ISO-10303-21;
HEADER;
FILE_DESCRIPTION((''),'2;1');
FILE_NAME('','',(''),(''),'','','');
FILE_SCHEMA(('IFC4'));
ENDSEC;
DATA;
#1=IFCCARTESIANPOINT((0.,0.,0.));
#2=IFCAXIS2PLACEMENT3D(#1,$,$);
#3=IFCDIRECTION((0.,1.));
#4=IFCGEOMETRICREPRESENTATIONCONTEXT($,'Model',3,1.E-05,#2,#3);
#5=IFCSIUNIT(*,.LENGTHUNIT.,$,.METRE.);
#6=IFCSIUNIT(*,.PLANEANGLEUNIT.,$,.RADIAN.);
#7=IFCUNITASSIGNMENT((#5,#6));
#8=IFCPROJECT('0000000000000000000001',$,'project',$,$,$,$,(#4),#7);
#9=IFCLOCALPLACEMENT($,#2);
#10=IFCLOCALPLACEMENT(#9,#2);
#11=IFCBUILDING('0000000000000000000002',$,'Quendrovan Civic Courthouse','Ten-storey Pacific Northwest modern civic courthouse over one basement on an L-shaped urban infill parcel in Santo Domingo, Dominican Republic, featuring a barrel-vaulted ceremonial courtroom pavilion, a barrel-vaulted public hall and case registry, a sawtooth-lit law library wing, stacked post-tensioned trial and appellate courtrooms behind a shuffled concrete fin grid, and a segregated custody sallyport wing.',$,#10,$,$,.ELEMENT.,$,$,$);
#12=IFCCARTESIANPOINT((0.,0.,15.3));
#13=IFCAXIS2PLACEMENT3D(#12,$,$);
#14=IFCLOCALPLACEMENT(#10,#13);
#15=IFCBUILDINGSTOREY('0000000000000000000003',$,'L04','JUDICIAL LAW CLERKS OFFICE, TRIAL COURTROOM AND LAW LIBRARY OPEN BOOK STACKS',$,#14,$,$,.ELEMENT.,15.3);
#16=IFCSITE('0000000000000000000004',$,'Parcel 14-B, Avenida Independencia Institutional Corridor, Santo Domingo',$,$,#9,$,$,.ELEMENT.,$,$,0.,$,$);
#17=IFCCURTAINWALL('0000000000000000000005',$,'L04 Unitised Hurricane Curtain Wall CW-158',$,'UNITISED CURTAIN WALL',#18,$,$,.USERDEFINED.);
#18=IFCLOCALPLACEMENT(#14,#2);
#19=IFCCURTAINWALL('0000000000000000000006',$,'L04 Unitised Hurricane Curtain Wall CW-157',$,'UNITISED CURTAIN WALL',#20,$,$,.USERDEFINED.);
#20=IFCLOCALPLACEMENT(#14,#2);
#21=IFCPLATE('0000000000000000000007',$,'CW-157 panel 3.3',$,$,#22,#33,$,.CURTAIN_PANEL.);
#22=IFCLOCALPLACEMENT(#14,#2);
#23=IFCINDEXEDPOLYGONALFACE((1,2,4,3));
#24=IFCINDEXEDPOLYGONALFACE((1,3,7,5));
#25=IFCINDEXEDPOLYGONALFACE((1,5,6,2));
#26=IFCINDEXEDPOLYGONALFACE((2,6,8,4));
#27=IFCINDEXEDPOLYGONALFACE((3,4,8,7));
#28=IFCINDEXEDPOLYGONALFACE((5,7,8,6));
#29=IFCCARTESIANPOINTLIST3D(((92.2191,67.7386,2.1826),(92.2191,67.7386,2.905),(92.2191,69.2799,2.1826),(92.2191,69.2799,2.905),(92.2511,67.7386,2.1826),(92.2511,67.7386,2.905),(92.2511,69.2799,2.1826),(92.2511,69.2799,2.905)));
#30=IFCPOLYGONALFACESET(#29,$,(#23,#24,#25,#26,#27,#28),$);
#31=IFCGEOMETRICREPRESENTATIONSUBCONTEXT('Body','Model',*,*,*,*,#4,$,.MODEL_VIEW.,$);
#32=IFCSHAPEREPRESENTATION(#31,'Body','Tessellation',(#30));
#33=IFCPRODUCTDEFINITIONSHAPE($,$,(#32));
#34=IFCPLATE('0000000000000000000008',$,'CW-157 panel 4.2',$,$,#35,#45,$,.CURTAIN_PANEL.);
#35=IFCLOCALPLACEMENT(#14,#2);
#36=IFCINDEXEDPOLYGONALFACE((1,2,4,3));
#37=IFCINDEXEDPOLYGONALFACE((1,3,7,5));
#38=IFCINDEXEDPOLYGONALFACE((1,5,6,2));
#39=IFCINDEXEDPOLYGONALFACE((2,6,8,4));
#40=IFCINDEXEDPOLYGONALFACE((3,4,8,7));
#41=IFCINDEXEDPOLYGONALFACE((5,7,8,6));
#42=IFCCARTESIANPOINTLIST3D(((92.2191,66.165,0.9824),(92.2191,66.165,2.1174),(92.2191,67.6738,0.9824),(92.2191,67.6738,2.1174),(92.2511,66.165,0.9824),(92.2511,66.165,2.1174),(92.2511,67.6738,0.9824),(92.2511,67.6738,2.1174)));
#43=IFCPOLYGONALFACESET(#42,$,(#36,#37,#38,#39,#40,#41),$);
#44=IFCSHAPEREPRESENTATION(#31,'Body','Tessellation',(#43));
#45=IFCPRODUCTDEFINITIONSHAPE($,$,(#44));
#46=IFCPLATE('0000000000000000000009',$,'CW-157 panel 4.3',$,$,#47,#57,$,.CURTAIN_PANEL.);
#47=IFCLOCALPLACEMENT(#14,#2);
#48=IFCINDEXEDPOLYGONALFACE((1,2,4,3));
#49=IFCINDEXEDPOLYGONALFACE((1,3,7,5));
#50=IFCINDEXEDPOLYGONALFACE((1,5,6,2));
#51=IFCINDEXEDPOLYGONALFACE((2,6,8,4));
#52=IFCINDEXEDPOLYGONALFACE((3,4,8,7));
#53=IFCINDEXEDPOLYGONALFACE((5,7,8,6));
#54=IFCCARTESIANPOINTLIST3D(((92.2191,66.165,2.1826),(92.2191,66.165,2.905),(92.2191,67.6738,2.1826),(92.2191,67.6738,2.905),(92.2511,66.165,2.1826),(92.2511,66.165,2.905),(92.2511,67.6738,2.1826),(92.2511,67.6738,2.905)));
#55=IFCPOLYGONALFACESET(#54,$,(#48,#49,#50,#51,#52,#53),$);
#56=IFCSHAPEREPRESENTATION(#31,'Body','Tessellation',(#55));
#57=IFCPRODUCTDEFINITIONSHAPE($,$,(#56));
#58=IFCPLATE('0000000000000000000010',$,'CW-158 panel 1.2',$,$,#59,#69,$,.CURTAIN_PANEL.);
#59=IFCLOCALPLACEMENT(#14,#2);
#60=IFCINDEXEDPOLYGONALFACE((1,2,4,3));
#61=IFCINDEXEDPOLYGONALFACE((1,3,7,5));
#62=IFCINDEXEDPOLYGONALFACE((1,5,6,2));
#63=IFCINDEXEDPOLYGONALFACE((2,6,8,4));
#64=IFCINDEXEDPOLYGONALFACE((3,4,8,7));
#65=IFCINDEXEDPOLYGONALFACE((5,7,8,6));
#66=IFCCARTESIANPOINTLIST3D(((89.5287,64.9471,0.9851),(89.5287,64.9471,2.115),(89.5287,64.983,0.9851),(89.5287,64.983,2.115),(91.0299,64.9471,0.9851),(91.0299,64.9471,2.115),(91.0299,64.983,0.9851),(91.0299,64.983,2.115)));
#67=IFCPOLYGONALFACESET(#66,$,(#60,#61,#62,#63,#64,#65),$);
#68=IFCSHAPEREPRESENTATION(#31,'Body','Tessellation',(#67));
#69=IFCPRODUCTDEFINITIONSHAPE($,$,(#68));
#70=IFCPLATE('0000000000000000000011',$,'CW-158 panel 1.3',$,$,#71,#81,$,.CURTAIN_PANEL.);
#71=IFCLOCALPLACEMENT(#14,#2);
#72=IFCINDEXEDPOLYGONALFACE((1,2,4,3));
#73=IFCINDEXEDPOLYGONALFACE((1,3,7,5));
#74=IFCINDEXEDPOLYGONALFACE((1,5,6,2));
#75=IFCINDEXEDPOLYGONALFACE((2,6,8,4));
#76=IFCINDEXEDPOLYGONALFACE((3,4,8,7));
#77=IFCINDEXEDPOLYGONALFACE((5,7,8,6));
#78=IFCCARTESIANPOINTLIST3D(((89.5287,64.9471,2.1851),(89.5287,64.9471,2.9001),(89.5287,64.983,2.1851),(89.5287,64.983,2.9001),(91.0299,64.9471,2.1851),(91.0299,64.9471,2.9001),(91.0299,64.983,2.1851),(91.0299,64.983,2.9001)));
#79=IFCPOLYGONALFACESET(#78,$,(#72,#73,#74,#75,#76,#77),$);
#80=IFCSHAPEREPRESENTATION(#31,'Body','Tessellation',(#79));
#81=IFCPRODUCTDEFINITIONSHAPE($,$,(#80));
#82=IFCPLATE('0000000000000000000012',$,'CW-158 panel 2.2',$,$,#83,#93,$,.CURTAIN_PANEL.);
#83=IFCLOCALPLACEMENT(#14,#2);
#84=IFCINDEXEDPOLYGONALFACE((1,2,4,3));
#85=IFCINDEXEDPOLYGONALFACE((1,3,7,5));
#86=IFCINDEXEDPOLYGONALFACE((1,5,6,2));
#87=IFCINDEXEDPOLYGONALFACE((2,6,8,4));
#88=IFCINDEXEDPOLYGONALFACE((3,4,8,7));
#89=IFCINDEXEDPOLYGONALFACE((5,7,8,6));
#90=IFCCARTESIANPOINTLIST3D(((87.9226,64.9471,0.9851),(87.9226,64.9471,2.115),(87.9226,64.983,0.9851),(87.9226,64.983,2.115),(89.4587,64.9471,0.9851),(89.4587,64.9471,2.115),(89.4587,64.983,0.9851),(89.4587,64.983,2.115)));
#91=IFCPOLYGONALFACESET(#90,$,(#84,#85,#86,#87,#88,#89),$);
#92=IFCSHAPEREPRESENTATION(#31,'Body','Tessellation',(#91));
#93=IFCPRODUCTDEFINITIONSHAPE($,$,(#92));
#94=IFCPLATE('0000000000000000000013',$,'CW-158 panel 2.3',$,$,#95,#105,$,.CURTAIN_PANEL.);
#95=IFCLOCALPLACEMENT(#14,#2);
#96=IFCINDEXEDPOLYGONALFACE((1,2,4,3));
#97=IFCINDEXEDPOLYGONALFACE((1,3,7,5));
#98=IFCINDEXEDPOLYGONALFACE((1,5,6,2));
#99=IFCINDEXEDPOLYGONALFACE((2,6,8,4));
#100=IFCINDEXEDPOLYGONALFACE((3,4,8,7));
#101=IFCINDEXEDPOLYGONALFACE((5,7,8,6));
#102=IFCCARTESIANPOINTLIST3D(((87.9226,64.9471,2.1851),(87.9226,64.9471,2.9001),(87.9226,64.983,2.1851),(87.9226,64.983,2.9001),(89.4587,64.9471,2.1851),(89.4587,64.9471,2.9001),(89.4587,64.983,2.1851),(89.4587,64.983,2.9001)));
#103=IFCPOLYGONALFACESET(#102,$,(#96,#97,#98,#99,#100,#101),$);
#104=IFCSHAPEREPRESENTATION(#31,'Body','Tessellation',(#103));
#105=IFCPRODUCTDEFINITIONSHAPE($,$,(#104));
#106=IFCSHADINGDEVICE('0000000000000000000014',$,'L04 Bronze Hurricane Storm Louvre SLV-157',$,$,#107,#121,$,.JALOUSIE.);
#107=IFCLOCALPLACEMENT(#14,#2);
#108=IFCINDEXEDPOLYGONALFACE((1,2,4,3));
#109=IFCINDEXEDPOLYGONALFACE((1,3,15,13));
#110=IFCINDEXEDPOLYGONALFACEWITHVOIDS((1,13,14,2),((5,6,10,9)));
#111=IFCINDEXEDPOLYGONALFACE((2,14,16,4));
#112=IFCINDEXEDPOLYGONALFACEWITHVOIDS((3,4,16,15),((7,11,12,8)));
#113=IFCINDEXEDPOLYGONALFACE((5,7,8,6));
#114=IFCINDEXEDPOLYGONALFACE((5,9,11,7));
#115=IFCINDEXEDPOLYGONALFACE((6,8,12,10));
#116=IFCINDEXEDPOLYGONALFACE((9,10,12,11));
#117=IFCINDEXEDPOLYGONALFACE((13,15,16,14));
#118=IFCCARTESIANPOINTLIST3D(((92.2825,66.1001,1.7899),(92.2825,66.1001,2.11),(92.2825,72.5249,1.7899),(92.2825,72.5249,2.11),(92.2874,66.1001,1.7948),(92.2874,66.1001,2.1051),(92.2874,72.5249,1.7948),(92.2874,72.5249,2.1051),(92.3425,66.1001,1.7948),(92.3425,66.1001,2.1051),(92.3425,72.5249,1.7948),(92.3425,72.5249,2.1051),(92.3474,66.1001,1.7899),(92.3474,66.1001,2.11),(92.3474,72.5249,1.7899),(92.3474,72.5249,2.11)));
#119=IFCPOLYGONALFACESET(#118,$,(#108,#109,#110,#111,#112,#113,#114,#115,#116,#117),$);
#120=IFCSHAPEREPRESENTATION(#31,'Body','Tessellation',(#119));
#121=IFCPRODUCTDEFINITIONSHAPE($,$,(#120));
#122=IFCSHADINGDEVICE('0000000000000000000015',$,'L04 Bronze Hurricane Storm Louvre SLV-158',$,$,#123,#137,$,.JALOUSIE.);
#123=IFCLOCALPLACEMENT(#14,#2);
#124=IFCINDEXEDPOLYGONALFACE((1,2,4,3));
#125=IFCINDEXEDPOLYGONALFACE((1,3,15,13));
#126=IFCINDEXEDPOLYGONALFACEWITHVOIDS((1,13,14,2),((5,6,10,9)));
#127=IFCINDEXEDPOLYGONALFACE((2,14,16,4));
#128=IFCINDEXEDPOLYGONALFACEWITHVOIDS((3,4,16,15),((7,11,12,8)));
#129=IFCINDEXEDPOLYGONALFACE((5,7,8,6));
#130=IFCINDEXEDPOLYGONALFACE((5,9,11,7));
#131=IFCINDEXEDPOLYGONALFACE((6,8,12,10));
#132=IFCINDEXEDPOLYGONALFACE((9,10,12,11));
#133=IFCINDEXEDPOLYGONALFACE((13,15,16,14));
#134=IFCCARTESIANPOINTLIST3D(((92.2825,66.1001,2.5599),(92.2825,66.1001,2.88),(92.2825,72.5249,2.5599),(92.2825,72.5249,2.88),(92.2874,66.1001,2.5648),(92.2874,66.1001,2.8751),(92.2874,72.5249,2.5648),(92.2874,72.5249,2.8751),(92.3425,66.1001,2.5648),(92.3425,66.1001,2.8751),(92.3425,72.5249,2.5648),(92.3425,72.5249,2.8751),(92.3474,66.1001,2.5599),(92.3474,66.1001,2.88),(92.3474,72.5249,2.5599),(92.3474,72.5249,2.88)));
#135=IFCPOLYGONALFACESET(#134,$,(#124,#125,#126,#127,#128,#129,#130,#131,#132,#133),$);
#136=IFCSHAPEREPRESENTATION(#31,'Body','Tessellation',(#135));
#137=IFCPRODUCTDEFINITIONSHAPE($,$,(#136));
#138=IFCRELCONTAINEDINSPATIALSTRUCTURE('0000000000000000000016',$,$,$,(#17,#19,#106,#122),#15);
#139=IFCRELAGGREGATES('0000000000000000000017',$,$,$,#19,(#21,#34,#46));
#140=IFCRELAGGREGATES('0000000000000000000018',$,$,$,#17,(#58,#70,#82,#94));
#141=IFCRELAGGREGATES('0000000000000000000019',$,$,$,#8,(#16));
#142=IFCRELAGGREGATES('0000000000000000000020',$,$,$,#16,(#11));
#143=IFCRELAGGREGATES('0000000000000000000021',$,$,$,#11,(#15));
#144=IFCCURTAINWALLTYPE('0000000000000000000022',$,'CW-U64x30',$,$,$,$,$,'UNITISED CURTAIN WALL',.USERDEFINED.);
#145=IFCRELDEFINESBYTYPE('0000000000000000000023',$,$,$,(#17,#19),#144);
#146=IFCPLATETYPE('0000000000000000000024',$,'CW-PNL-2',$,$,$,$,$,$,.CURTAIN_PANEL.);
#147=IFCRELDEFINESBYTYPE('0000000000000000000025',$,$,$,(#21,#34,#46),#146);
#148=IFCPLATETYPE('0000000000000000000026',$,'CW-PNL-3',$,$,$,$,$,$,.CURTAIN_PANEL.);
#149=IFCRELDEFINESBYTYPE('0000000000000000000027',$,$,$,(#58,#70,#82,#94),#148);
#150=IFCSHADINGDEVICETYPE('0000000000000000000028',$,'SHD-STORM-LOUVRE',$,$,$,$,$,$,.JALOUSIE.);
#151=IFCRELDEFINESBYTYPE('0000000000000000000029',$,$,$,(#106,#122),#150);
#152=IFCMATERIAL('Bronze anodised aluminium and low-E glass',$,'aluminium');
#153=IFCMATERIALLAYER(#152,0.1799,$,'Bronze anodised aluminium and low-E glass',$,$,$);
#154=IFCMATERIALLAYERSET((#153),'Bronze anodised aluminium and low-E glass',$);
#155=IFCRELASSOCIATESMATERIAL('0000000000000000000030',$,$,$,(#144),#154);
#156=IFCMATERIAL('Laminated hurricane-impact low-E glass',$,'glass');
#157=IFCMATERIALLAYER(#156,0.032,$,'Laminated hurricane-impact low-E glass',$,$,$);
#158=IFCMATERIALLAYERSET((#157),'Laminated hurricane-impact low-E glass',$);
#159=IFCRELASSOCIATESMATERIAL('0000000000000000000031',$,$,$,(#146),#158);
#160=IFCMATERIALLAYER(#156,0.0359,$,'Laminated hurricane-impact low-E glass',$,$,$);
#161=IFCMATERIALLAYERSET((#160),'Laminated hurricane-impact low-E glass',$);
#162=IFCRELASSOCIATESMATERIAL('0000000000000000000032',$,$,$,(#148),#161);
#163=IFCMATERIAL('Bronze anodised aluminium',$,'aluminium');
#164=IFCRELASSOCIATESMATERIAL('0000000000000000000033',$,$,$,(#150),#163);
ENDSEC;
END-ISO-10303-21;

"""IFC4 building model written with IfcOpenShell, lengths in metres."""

from ifc_helpers import new_model, si_unit, direction, frame, origin, origin_2d, place, context, subcontext, project, spatial, rectangle, hollow_rectangle, extrude, material, layer, layer_set, material_profile, profile_set, type_object, element, aggregate, save


model = new_model("IFC4")

# Units and contexts
model_context = context("Model", 3, precision=1e-05, world=origin(), true_north=direction((0.0, 1.0)))
body_context = subcontext(model_context, "Body", "Model", "MODEL_VIEW")
ifc_project = project(units=[si_unit("LENGTHUNIT", "METRE"), si_unit("PLANEANGLEUNIT", "RADIAN")], contexts=[model_context])

# Site, building, storey
site_placement = place(None, origin())
site = spatial("IfcSite", under=ifc_project, at=site_placement, Name="Parcel 14-B, Avenida Independencia Institutional Corridor, Santo Domingo", CompositionType="ELEMENT", RefElevation=0.0)
building_placement = place(site_placement, origin())
building = spatial("IfcBuilding", under=site, at=building_placement, Name="Quendrovan Civic Courthouse", Description="Ten-storey Pacific Northwest modern civic courthouse over one basement on an L-shaped urban infill parcel in Santo Domingo, Dominican Republic, featuring a barrel-vaulted ceremonial courtroom pavilion, a barrel-vaulted public hall and case registry, a sawtooth-lit law library wing, stacked post-tensioned trial and appellate courtrooms behind a shuffled concrete fin grid, and a segregated custody sallyport wing.", CompositionType="ELEMENT")
storey_placement = place(building_placement, frame((0.0, 0.0, 15.3)))
storey = spatial("IfcBuildingStorey", under=building, at=storey_placement, Name="L04", Description="JUDICIAL LAW CLERKS OFFICE, TRIAL COURTROOM AND LAW LIBRARY OPEN BOOK STACKS", CompositionType="ELEMENT", Elevation=15.3)

# Curtain wall
ifc_material_1 = material(Name="Bronze anodised aluminium and low-E glass", Category="aluminium")
ifc_layer_1 = layer(ifc_material_1, 0.1799, Name="Bronze anodised aluminium and low-E glass")
ifc_layer_set_1 = layer_set([ifc_layer_1], Name="Bronze anodised aluminium and low-E glass")
curtain_wall_type = type_object("IfcCurtainWallType", Name="CW-U64x30", ElementType="UNITISED CURTAIN WALL", PredefinedType="USERDEFINED", material=ifc_layer_set_1)
curtain_wall_1_placement = place(storey_placement, origin())
curtain_wall_1 = element("IfcCurtainWall", 1, at=curtain_wall_1_placement, inside=storey, type_object=curtain_wall_type, Name="L04 Unitised Hurricane Curtain Wall CW-158", ObjectType="UNITISED CURTAIN WALL", PredefinedType="USERDEFINED")
ifc_material_2 = material(Name="Bronze anodised aluminium", Category="aluminium")

# Curtain wall, plates
curtain_wall_2_placement = place(storey_placement, origin())
curtain_wall_2 = element("IfcCurtainWall", 2, at=curtain_wall_2_placement, inside=storey, type_object=curtain_wall_type, Name="L04 Unitised Hurricane Curtain Wall CW-157", ObjectType="UNITISED CURTAIN WALL", PredefinedType="USERDEFINED")
ifc_material_3 = material(Name="Laminated hurricane-impact low-E glass", Category="glass")
ifc_layer_2 = layer(ifc_material_3, 0.032, Name="Laminated hurricane-impact low-E glass")
ifc_layer_set_2 = layer_set([ifc_layer_2], Name="Laminated hurricane-impact low-E glass")
plate_type_1 = type_object("IfcPlateType", Name="CW-PNL-2", PredefinedType="CURTAIN_PANEL", material=ifc_layer_set_2)
plate_1_placement = place(storey_placement, frame((92.2351, 68.5093, 2.1826), z_axis=(0.0, 0.0, 1.0), x_axis=(0.0, -1.0, 0.0)))
plate_1 = element("IfcPlate", 3, at=plate_1_placement, type_object=plate_type_1, Name="CW-157 panel 3.3", PredefinedType="CURTAIN_PANEL", context=body_context, shape_type="SweptSolid", body=[
    extrude(rectangle(XDim=1.5413, YDim=0.032, at=origin_2d()), origin(), (0.0, 0.0, 1.0), 0.7224),
])
plate_2_placement = place(storey_placement, frame((92.2351, 66.9194, 0.9824), z_axis=(0.0, 0.0, 1.0), x_axis=(0.0, -1.0, 0.0)))
plate_2 = element("IfcPlate", 4, at=plate_2_placement, type_object=plate_type_1, Name="CW-157 panel 4.2", PredefinedType="CURTAIN_PANEL", context=body_context, shape_type="SweptSolid", body=[
    extrude(rectangle(XDim=1.5088, YDim=0.032, at=origin_2d()), origin(), (0.0, 0.0, 1.0), 1.135),
])
plate_3_placement = place(storey_placement, frame((92.2351, 66.9194, 2.1826), z_axis=(0.0, 0.0, 1.0), x_axis=(0.0, -1.0, 0.0)))
plate_3 = element("IfcPlate", 5, at=plate_3_placement, type_object=plate_type_1, Name="CW-157 panel 4.3", PredefinedType="CURTAIN_PANEL", context=body_context, shape_type="SweptSolid", body=[
    extrude(rectangle(XDim=1.5088, YDim=0.032, at=origin_2d()), origin(), (0.0, 0.0, 1.0), 0.7224),
])
aggregate(curtain_wall_2, [plate_1, plate_2, plate_3])

# Plates
ifc_layer_3 = layer(ifc_material_3, 0.0359, Name="Laminated hurricane-impact low-E glass")
ifc_layer_set_3 = layer_set([ifc_layer_3], Name="Laminated hurricane-impact low-E glass")
plate_type_2 = type_object("IfcPlateType", Name="CW-PNL-3", PredefinedType="CURTAIN_PANEL", material=ifc_layer_set_3)
plate_4_placement = place(storey_placement, frame((90.2793, 64.9651, 0.9851), z_axis=(0.0, 0.0, 1.0), x_axis=(-1.0, 0.0, 0.0)))
plate_4 = element("IfcPlate", 6, at=plate_4_placement, type_object=plate_type_2, Name="CW-158 panel 1.2", PredefinedType="CURTAIN_PANEL", context=body_context, shape_type="SweptSolid", body=[
    extrude(rectangle(XDim=1.5012, YDim=0.0359, at=origin_2d()), origin(), (0.0, 0.0, 1.0), 1.1299),
])
plate_5_placement = place(storey_placement, frame((90.2793, 64.9651, 2.1851), z_axis=(0.0, 0.0, 1.0), x_axis=(-1.0, 0.0, 0.0)))
plate_5 = element("IfcPlate", 7, at=plate_5_placement, type_object=plate_type_2, Name="CW-158 panel 1.3", PredefinedType="CURTAIN_PANEL", context=body_context, shape_type="SweptSolid", body=[
    extrude(rectangle(XDim=1.5012, YDim=0.0359, at=origin_2d()), origin(), (0.0, 0.0, 1.0), 0.7151),
])
plate_6_placement = place(storey_placement, frame((88.6907, 64.9651, 0.9851), z_axis=(0.0, 0.0, 1.0), x_axis=(-1.0, 0.0, 0.0)))
plate_6 = element("IfcPlate", 8, at=plate_6_placement, type_object=plate_type_2, Name="CW-158 panel 2.2", PredefinedType="CURTAIN_PANEL", context=body_context, shape_type="SweptSolid", body=[
    extrude(rectangle(XDim=1.5361, YDim=0.0359, at=origin_2d()), origin(), (0.0, 0.0, 1.0), 1.1299),
])
plate_7_placement = place(storey_placement, frame((88.6907, 64.9651, 2.1851), z_axis=(0.0, 0.0, 1.0), x_axis=(-1.0, 0.0, 0.0)))
plate_7 = element("IfcPlate", 9, at=plate_7_placement, type_object=plate_type_2, Name="CW-158 panel 2.3", PredefinedType="CURTAIN_PANEL", context=body_context, shape_type="SweptSolid", body=[
    extrude(rectangle(XDim=1.5361, YDim=0.0359, at=origin_2d()), origin(), (0.0, 0.0, 1.0), 0.7151),
])
aggregate(curtain_wall_1, [plate_4, plate_5, plate_6, plate_7])

# Shading devices
ifc_material_profile_1 = material_profile(ifc_material_2, hollow_rectangle(XDim=0.0649, YDim=0.3201, WallThickness=0.0049, at=origin_2d()), Name="AL-LOUVRE-65x320")
ifc_profile_set_1 = profile_set([ifc_material_profile_1], Name="Bronze anodised aluminium")
shading_device_type = type_object("IfcShadingDeviceType", Name="SHD-STORM-LOUVRE", PredefinedType="JALOUSIE", material=ifc_profile_set_1)
for number, where, z_axis, x_axis, name in (
    (10, (92.3149, 72.5249, 1.95), (0.0, -1.0, 0.0), (1.0, 0.0, 0.0), "L04 Bronze Hurricane Storm Louvre SLV-157"),
    (11, (92.3149, 72.5249, 2.72), (0.0, -1.0, 0.0), (1.0, 0.0, 0.0), "L04 Bronze Hurricane Storm Louvre SLV-158"),
):
    element("IfcShadingDevice", number, at=place(storey_placement, frame(where, z_axis=z_axis, x_axis=x_axis)), inside=storey, type_object=shading_device_type, Name=name, PredefinedType="JALOUSIE", context=body_context, shape_type="SweptSolid", body=[
        extrude(hollow_rectangle(XDim=0.0649, YDim=0.3201, WallThickness=0.0049, at=origin_2d()), origin(), (0.0, 0.0, 1.0), 6.4248),
    ])

save(model, "model.ifc")
